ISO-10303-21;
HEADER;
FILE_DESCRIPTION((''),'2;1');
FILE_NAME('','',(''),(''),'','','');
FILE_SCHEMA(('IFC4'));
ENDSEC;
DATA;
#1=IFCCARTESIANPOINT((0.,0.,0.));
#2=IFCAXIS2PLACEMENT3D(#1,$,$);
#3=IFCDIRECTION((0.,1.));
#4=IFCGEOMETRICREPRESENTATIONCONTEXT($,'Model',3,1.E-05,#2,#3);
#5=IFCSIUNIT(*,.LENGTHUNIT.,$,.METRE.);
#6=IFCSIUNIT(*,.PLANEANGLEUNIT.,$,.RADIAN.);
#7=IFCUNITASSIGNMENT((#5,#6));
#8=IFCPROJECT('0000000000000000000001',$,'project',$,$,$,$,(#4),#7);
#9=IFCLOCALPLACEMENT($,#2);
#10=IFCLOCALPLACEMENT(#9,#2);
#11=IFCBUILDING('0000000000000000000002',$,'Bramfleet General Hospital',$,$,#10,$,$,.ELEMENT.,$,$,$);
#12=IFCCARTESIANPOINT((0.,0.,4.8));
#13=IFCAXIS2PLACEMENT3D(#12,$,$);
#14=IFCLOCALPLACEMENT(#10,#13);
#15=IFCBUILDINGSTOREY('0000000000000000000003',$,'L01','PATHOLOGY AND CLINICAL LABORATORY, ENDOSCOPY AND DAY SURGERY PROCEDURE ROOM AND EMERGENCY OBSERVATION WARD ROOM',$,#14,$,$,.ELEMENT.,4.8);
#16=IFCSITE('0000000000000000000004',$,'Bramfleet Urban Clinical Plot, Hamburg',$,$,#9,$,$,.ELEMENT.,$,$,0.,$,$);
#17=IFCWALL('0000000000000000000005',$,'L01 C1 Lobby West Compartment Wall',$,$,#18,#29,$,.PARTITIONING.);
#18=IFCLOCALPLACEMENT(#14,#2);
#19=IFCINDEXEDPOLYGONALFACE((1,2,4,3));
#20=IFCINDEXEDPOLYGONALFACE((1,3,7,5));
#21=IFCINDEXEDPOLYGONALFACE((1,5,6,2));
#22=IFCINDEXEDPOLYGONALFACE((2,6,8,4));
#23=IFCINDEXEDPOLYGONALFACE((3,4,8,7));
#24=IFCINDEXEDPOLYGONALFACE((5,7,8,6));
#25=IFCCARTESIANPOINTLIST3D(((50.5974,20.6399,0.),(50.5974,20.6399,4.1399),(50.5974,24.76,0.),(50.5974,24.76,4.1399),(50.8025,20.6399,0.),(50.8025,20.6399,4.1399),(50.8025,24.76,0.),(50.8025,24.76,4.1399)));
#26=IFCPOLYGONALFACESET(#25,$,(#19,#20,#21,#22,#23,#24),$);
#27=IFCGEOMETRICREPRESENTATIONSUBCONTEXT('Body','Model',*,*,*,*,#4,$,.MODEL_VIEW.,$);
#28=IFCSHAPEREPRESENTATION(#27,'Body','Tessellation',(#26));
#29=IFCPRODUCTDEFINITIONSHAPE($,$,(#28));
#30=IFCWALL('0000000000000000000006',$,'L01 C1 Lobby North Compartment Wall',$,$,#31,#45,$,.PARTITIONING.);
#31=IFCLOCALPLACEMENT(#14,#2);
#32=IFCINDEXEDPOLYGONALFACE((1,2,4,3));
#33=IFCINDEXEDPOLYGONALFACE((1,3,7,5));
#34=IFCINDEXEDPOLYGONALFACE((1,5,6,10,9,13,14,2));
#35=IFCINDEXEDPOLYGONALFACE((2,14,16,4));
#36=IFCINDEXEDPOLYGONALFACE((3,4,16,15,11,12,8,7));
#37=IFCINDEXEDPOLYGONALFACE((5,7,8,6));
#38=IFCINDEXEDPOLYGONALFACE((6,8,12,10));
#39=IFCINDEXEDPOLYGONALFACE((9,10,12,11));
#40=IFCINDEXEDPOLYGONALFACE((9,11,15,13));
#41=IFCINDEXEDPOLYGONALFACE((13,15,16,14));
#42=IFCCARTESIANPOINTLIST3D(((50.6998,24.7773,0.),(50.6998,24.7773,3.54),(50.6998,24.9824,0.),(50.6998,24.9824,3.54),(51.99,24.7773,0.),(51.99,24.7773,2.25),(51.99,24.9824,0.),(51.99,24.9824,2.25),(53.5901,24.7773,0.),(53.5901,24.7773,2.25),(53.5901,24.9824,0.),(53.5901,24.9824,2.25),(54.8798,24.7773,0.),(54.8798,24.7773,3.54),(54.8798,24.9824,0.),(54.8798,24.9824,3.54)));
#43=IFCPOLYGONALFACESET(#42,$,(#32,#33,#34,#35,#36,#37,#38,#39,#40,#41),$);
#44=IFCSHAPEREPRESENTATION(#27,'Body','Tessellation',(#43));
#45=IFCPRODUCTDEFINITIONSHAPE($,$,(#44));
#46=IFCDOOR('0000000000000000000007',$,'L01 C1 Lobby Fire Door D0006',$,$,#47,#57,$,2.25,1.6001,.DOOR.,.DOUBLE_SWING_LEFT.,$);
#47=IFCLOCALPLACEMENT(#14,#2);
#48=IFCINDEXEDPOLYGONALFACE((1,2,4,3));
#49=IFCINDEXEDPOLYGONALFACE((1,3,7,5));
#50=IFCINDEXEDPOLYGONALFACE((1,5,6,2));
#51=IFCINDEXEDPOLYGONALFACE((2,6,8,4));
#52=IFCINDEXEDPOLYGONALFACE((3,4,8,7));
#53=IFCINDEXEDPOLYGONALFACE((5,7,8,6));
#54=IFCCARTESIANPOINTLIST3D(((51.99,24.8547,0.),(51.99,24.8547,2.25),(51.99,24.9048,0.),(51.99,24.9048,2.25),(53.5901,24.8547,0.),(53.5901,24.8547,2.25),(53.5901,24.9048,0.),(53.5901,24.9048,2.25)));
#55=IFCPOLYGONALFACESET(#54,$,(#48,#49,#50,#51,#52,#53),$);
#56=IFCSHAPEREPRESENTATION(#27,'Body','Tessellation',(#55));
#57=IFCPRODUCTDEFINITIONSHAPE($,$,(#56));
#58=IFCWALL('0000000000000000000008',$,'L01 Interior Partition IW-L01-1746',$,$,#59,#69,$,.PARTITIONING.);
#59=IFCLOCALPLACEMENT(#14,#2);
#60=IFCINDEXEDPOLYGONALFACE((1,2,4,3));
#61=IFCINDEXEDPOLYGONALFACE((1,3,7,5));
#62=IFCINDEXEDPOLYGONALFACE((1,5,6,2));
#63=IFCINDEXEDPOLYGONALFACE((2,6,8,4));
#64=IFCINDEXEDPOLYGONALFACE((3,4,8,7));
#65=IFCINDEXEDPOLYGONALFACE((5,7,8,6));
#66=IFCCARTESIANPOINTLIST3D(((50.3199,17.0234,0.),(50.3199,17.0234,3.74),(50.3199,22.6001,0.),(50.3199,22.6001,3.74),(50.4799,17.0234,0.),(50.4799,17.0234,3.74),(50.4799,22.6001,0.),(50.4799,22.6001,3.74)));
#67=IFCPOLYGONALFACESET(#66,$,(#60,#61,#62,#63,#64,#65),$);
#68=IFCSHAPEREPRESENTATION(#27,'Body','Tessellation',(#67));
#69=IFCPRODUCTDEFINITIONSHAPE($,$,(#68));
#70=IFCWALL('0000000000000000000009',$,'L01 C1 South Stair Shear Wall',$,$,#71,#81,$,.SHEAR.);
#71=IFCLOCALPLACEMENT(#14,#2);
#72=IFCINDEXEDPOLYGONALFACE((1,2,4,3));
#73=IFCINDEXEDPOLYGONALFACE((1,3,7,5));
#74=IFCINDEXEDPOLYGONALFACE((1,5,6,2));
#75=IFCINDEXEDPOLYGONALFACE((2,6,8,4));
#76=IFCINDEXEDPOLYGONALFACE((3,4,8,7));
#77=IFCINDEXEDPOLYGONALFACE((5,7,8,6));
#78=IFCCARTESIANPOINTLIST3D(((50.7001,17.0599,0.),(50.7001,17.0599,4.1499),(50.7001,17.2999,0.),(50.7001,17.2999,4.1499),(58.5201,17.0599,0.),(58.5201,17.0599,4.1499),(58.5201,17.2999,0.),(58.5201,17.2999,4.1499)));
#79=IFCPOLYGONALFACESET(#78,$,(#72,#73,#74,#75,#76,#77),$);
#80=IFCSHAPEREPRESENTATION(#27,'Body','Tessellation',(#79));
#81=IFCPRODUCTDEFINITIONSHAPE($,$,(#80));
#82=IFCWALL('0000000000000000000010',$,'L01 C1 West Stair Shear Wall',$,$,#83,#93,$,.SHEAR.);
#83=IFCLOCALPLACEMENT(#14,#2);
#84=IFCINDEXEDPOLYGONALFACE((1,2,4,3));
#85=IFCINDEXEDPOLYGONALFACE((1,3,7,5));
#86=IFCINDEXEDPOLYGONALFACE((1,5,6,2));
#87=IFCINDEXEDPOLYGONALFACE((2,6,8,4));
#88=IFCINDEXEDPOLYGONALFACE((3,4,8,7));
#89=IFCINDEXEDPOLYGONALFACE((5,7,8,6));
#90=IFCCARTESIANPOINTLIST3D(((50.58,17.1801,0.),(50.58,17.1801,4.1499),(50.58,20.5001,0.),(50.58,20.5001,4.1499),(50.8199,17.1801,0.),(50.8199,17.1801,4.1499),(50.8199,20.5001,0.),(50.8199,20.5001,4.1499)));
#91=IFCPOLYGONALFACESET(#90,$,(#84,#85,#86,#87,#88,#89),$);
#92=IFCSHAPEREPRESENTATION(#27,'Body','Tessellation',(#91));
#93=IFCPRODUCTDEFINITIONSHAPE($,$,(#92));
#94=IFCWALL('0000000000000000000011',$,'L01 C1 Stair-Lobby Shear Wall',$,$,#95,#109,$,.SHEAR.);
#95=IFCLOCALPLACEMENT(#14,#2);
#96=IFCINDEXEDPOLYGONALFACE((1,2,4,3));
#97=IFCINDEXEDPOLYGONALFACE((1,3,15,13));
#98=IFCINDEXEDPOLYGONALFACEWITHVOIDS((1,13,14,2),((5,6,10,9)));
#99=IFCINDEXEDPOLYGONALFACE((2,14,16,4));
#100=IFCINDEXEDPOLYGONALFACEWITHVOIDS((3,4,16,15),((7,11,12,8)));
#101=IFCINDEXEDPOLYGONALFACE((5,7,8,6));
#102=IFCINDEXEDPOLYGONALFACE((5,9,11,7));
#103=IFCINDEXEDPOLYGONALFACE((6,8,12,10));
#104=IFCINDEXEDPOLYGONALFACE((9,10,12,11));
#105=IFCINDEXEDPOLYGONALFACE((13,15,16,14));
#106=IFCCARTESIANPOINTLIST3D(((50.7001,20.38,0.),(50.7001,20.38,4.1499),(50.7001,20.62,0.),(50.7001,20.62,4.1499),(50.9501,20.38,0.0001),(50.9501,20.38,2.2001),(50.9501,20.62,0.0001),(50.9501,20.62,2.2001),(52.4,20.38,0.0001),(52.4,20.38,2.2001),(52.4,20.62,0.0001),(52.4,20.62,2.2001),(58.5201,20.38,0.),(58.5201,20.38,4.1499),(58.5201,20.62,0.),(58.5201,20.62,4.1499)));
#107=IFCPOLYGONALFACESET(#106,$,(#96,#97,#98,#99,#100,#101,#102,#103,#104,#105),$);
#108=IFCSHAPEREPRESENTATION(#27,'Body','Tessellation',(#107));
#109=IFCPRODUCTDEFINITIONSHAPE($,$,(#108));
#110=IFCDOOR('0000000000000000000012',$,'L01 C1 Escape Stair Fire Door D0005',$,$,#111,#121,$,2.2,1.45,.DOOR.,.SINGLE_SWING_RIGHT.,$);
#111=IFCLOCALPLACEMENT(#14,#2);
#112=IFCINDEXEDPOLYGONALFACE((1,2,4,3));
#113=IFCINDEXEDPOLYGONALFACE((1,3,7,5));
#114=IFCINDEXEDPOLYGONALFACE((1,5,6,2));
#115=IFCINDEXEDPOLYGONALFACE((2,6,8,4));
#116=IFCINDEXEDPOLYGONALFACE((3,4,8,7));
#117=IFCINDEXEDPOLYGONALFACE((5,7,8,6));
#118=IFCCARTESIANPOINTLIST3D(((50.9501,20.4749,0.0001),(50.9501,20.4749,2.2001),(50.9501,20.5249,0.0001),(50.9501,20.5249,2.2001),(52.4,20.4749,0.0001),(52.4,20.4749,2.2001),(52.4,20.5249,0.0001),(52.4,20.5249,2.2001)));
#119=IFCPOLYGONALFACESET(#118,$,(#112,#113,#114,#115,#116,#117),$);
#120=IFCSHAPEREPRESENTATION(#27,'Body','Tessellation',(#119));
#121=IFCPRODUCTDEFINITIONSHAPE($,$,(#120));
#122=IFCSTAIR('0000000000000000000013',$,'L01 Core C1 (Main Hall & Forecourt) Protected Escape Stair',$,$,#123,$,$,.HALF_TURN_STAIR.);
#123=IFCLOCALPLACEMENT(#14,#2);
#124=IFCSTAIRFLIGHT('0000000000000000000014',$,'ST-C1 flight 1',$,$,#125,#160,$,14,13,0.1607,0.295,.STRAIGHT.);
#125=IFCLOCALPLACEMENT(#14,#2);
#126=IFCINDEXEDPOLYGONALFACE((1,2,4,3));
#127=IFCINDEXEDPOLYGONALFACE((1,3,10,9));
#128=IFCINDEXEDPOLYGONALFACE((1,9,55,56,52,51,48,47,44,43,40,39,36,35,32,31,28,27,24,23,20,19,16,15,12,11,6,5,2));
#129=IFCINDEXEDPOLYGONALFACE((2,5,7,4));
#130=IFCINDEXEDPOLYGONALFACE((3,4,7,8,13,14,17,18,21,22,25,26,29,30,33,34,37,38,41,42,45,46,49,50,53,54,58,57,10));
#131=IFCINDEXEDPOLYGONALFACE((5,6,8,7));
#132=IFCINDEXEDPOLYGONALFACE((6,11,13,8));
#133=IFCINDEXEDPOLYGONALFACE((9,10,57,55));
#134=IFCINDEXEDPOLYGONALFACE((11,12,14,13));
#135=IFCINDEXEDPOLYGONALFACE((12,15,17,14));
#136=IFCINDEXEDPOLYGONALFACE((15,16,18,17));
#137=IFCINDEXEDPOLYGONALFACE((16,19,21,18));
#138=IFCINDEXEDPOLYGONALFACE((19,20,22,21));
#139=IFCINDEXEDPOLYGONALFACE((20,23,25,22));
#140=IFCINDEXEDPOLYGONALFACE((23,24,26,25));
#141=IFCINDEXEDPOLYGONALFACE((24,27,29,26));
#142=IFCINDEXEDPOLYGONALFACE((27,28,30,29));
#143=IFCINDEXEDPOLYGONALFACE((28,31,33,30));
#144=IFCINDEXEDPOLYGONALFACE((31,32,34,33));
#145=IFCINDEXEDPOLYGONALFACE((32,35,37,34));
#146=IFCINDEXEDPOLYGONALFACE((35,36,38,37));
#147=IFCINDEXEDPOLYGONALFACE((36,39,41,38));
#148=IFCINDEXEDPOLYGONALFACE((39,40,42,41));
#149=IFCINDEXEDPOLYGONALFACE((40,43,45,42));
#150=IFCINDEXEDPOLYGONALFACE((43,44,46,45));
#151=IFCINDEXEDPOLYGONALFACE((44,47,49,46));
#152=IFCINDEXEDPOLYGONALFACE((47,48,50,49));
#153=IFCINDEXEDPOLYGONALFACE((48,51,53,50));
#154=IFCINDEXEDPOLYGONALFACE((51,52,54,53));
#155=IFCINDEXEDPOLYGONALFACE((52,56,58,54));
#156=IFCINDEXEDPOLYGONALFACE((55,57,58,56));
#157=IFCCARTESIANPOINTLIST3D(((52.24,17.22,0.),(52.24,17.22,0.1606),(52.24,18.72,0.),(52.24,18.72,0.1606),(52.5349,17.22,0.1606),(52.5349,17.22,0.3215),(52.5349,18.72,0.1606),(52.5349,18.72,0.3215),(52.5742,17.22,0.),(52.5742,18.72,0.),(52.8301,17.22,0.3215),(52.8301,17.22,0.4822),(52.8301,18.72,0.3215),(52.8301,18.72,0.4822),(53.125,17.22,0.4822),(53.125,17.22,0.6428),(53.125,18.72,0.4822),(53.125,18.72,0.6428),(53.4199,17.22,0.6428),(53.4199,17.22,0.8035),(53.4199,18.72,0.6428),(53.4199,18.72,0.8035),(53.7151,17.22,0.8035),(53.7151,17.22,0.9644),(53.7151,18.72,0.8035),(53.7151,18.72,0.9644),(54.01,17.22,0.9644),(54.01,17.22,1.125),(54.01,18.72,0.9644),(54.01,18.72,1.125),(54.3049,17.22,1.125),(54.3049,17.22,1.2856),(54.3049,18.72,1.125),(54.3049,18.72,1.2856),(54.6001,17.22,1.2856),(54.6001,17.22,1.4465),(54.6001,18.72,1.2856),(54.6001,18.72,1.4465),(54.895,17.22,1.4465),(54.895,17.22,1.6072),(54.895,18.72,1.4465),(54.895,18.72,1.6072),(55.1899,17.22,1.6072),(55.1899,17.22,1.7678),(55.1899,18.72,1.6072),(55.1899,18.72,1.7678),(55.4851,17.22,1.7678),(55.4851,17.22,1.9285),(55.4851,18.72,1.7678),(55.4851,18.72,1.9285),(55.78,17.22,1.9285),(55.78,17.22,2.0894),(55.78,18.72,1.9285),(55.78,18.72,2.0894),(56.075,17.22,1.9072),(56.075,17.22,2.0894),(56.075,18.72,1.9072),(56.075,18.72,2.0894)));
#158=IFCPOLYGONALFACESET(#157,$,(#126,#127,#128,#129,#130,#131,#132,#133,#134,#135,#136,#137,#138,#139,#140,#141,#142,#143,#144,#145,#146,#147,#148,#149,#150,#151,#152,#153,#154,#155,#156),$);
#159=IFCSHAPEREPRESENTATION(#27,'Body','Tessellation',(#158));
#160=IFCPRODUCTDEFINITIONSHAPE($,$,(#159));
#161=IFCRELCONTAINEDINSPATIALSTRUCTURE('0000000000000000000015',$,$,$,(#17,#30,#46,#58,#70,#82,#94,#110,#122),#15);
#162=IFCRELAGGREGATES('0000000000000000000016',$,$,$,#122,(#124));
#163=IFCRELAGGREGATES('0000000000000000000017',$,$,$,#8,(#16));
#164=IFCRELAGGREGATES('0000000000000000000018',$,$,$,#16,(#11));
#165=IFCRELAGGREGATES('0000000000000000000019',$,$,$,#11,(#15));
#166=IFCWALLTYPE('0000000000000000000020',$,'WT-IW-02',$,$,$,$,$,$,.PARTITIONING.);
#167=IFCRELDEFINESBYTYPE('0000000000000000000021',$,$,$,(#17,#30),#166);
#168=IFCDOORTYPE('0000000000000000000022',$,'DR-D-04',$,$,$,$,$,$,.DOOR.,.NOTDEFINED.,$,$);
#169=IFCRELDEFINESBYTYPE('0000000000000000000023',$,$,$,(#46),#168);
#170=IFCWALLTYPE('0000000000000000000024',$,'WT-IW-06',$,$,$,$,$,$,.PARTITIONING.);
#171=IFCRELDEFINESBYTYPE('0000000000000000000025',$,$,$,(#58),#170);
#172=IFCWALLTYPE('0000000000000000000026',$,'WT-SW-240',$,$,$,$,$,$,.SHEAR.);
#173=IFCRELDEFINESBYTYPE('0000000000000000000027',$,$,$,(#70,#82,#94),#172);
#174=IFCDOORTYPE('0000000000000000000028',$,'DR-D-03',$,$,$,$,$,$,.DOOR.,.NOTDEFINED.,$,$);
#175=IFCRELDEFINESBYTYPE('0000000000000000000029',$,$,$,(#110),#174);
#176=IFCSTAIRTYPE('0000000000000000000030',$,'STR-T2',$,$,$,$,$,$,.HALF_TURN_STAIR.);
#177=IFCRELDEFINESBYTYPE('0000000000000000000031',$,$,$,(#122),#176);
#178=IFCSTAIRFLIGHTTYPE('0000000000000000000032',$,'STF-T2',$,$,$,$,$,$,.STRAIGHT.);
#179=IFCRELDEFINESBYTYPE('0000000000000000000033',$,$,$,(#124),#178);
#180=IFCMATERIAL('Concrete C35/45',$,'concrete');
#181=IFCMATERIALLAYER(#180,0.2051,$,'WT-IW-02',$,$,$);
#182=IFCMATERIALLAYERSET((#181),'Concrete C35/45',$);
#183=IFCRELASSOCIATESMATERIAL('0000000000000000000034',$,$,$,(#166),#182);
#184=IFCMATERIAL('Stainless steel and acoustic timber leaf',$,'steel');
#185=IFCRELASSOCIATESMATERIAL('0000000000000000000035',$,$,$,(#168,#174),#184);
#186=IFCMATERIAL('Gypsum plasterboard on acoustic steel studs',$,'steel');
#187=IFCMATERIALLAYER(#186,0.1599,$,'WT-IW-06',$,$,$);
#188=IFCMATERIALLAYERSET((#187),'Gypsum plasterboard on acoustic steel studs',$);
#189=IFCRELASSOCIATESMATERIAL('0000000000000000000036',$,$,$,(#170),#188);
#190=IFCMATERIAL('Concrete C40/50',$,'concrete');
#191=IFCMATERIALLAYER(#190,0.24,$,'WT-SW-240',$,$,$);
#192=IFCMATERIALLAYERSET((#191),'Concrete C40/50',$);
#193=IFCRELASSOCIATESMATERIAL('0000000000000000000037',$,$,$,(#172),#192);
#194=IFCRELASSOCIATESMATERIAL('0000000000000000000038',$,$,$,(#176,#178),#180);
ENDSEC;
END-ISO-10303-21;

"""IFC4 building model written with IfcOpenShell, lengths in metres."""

from ifc_helpers import new_model, si_unit, direction, frame, frame_2d, origin, place, context, subcontext, project, spatial, polyline, rectangle, outline, extrude, material, layer, layer_set, type_object, element, fill, aggregate, save


model = new_model("IFC4")

# Units and contexts
model_context = context("Model", 3, precision=1e-05, world=origin(), true_north=direction((0.0, 1.0)))
body_context = subcontext(model_context, "Body", "Model", "MODEL_VIEW")
ifc_project = project(units=[si_unit("LENGTHUNIT", "METRE"), si_unit("PLANEANGLEUNIT", "RADIAN")], contexts=[model_context])

# Site, building, storey
site_placement = place(None, origin())
site = spatial("IfcSite", under=ifc_project, at=site_placement, Name="Bramfleet Urban Clinical Plot, Hamburg", CompositionType="ELEMENT", RefElevation=0.0)
building_placement = place(site_placement, origin())
building = spatial("IfcBuilding", under=site, at=building_placement, Name="Bramfleet General Hospital", CompositionType="ELEMENT")
storey_placement = place(building_placement, frame((0.0, 0.0, 4.8)))
storey = spatial("IfcBuildingStorey", under=building, at=storey_placement, Name="L01", Description="PATHOLOGY AND CLINICAL LABORATORY, ENDOSCOPY AND DAY SURGERY PROCEDURE ROOM AND EMERGENCY OBSERVATION WARD ROOM", CompositionType="ELEMENT", Elevation=4.8)

# Shared definitions
ifc_material_1 = material(Name="Concrete C35/45", Category="concrete")

# Shared definitions
ifc_layer_1 = layer(ifc_material_1, 0.2051, Name="WT-IW-02")
ifc_layer_set_1 = layer_set([ifc_layer_1], Name="Concrete C35/45")
wall_type_1 = type_object("IfcWallType", Name="WT-IW-02", PredefinedType="PARTITIONING", material=ifc_layer_set_1)

# Wall
wall_1_placement = place(storey_placement, frame((50.7, 20.6399, 0.0), z_axis=(0.0, 0.0, 1.0), x_axis=(0.0, 1.0, 0.0)))
element("IfcWall", 1, at=wall_1_placement, inside=storey, type_object=wall_type_1, Name="L01 C1 Lobby West Compartment Wall", PredefinedType="PARTITIONING", context=body_context, shape_type="SweptSolid", body=[
    extrude(rectangle(XDim=4.1201, YDim=0.2051, at=frame_2d((2.0601, 0.0))), origin(), (0.0, 0.0, 1.0), 4.1399),
])

# Wall, opening, door
wall_2_placement = place(storey_placement, frame((50.7, 24.8799, 0.0), z_axis=(0.0, 0.0, 1.0), x_axis=(1.0, 0.0, 0.0)))
wall_2 = element("IfcWall", 2, at=wall_2_placement, inside=storey, type_object=wall_type_1, Name="L01 C1 Lobby North Compartment Wall", PredefinedType="PARTITIONING", context=body_context, shape_type="SweptSolid", body=[
    extrude(rectangle(XDim=4.1799, YDim=0.2051, at=frame_2d((2.0898, 0.0))), origin(), (0.0, 0.0, 1.0), 3.54),
])
opening_1_placement = place(wall_2_placement, frame((1.29, 0.0, 0.0)))
opening_1 = element("IfcOpeningElement", 3, at=opening_1_placement, cuts=wall_2, PredefinedType="OPENING", context=body_context, shape_type="SweptSolid", body=[
    extrude(rectangle(XDim=1.6001, YDim=2.25, at=frame_2d((0.8, 1.125))), frame((0.0, 0.1125, 0.0), z_axis=(0.0, -1.0, 0.0), x_axis=(1.0, 0.0, 0.0)), (0.0, 0.0, 1.0), 0.2251),
])
ifc_material_2 = material(Name="Stainless steel and acoustic timber leaf", Category="steel")
door_type_1 = type_object("IfcDoorType", Name="DR-D-04", OperationType="NOTDEFINED", PredefinedType="DOOR", material=ifc_material_2)
door_1_placement = place(opening_1_placement, origin())
door_1 = element("IfcDoor", 4, at=door_1_placement, inside=storey, type_object=door_type_1, Name="L01 C1 Lobby Fire Door D0006", OperationType="DOUBLE_SWING_LEFT", OverallHeight=2.25, OverallWidth=1.6001, PredefinedType="DOOR", context=body_context, shape_type="SweptSolid", body=[
    extrude(rectangle(XDim=1.6001, YDim=2.25, at=frame_2d((0.8, 1.125))), frame((0.0, 0.0249, 0.0), z_axis=(0.0, -1.0, 0.0), x_axis=(1.0, 0.0, 0.0)), (0.0, 0.0, 1.0), 0.05),
])
fill(opening_1, door_1)

# Walls
ifc_material_3 = material(Name="Gypsum plasterboard on acoustic steel studs", Category="steel")
ifc_layer_2 = layer(ifc_material_3, 0.1599, Name="WT-IW-06")
ifc_layer_set_2 = layer_set([ifc_layer_2], Name="Gypsum plasterboard on acoustic steel studs")
wall_type_2 = type_object("IfcWallType", Name="WT-IW-06", PredefinedType="PARTITIONING", material=ifc_layer_set_2)
wall_3_placement = place(storey_placement, frame((50.3999, 17.0234, 0.0), z_axis=(0.0, 0.0, 1.0), x_axis=(0.0, 1.0, 0.0)))
element("IfcWall", 5, at=wall_3_placement, inside=storey, type_object=wall_type_2, Name="L01 Interior Partition IW-L01-1746", PredefinedType="PARTITIONING", context=body_context, shape_type="SweptSolid", body=[
    extrude(rectangle(XDim=5.5767, YDim=0.1599, at=frame_2d((2.7883, 0.0))), origin(), (0.0, 0.0, 1.0), 3.74),
])
ifc_material_4 = material(Name="Concrete C40/50", Category="concrete")
ifc_layer_3 = layer(ifc_material_4, 0.24, Name="WT-SW-240")
ifc_layer_set_3 = layer_set([ifc_layer_3], Name="Concrete C40/50")
wall_type_3 = type_object("IfcWallType", Name="WT-SW-240", PredefinedType="SHEAR", material=ifc_layer_set_3)
wall_4_placement = place(storey_placement, frame((50.7, 17.1799, 0.0), z_axis=(0.0, 0.0, 1.0), x_axis=(1.0, 0.0, 0.0)))
element("IfcWall", 6, at=wall_4_placement, inside=storey, type_object=wall_type_3, Name="L01 C1 South Stair Shear Wall", PredefinedType="SHEAR", context=body_context, shape_type="SweptSolid", body=[
    extrude(rectangle(XDim=7.8201, YDim=0.24, at=frame_2d((3.9102, 0.0))), origin(), (0.0, 0.0, 1.0), 4.1499),
])
wall_5_placement = place(storey_placement, frame((50.7, 17.1799, 0.0), z_axis=(0.0, 0.0, 1.0), x_axis=(0.0, 1.0, 0.0)))
element("IfcWall", 7, at=wall_5_placement, inside=storey, type_object=wall_type_3, Name="L01 C1 West Stair Shear Wall", PredefinedType="SHEAR", context=body_context, shape_type="SweptSolid", body=[
    extrude(rectangle(XDim=3.3201, YDim=0.24, at=frame_2d((1.6602, 0.0))), origin(), (0.0, 0.0, 1.0), 4.1499),
])

# Wall, opening, door
wall_6_placement = place(storey_placement, frame((50.7, 20.5, 0.0), z_axis=(0.0, 0.0, 1.0), x_axis=(1.0, 0.0, 0.0)))
wall_6 = element("IfcWall", 8, at=wall_6_placement, inside=storey, type_object=wall_type_3, Name="L01 C1 Stair-Lobby Shear Wall", PredefinedType="SHEAR", context=body_context, shape_type="SweptSolid", body=[
    extrude(rectangle(XDim=7.8201, YDim=0.24, at=frame_2d((3.9102, 0.0))), origin(), (0.0, 0.0, 1.0), 4.1499),
])
opening_2_placement = place(wall_6_placement, frame((0.25, 0.0, 0.0)))
opening_2 = element("IfcOpeningElement", 9, at=opening_2_placement, cuts=wall_6, PredefinedType="OPENING", context=body_context, shape_type="SweptSolid", body=[
    extrude(rectangle(XDim=1.45, YDim=2.2, at=frame_2d((0.7251, 1.1001))), frame((0.0, 0.1299, 0.0), z_axis=(0.0, -1.0, 0.0), x_axis=(1.0, 0.0, 0.0)), (0.0, 0.0, 1.0), 0.26),
])
door_type_2 = type_object("IfcDoorType", Name="DR-D-03", OperationType="NOTDEFINED", PredefinedType="DOOR", material=ifc_material_2)
door_2_placement = place(opening_2_placement, origin())
door_2 = element("IfcDoor", 10, at=door_2_placement, inside=storey, type_object=door_type_2, Name="L01 C1 Escape Stair Fire Door D0005", OperationType="SINGLE_SWING_RIGHT", OverallHeight=2.2, OverallWidth=1.45, PredefinedType="DOOR", context=body_context, shape_type="SweptSolid", body=[
    extrude(rectangle(XDim=1.45, YDim=2.2, at=frame_2d((0.7251, 1.1001))), frame((0.0, 0.0249, 0.0), z_axis=(0.0, -1.0, 0.0), x_axis=(1.0, 0.0, 0.0)), (0.0, 0.0, 1.0), 0.05),
])
fill(opening_2, door_2)

# Stair, stair flight
stair_type = type_object("IfcStairType", Name="STR-T2", PredefinedType="HALF_TURN_STAIR", material=ifc_material_1)
stair_placement = place(storey_placement, origin())
stair = element("IfcStair", 11, at=stair_placement, inside=storey, type_object=stair_type, Name="L01 Core C1 (Main Hall & Forecourt) Protected Escape Stair", PredefinedType="HALF_TURN_STAIR")
stair_flight_type = type_object("IfcStairFlightType", Name="STF-T2", PredefinedType="STRAIGHT", material=ifc_material_1)
stair_flight_placement = place(storey_placement, frame((52.24, 17.97, 0.0), z_axis=(0.0, 0.0, 1.0), x_axis=(1.0, 0.0, 0.0)))
stair_flight = element("IfcStairFlight", 12, at=stair_flight_placement, type_object=stair_flight_type, Name="ST-C1 flight 1", NumberOfRisers=14, NumberOfTreads=13, PredefinedType="STRAIGHT", RiserHeight=0.1607, TreadLength=0.295, context=body_context, shape_type="SweptSolid", body=[
    extrude(outline(polyline([(0.0, 0.0), (0.0, 0.1606), (0.2949, 0.1606), (0.2949, 0.3215), (0.5901, 0.3215), (0.5901, 0.4822), (0.885, 0.4822), (0.885, 0.6428), (1.1799, 0.6428), (1.1799, 0.8035), (1.4751, 0.8035), (1.4751, 0.9644), (1.77, 0.9644), (1.77, 1.125), (2.0649, 1.125), (2.0649, 1.2856), (2.3601, 1.2856), (2.3601, 1.4465), (2.655, 1.4465), (2.655, 1.6072), (2.95, 1.6072), (2.95, 1.7678), (3.2451, 1.7678), (3.2451, 1.9285), (3.54, 1.9285), (3.54, 2.0894), (3.835, 2.0894), (3.835, 2.25), (3.835, 1.9072), (0.3342, 0.0), (0.0, 0.0)])), frame((0.0, 0.75, 0.0), z_axis=(0.0, -1.0, 0.0), x_axis=(1.0, 0.0, 0.0)), (0.0, 0.0, 1.0), 1.5),
])
aggregate(stair, [stair_flight])

save(model, "model.ifc")
